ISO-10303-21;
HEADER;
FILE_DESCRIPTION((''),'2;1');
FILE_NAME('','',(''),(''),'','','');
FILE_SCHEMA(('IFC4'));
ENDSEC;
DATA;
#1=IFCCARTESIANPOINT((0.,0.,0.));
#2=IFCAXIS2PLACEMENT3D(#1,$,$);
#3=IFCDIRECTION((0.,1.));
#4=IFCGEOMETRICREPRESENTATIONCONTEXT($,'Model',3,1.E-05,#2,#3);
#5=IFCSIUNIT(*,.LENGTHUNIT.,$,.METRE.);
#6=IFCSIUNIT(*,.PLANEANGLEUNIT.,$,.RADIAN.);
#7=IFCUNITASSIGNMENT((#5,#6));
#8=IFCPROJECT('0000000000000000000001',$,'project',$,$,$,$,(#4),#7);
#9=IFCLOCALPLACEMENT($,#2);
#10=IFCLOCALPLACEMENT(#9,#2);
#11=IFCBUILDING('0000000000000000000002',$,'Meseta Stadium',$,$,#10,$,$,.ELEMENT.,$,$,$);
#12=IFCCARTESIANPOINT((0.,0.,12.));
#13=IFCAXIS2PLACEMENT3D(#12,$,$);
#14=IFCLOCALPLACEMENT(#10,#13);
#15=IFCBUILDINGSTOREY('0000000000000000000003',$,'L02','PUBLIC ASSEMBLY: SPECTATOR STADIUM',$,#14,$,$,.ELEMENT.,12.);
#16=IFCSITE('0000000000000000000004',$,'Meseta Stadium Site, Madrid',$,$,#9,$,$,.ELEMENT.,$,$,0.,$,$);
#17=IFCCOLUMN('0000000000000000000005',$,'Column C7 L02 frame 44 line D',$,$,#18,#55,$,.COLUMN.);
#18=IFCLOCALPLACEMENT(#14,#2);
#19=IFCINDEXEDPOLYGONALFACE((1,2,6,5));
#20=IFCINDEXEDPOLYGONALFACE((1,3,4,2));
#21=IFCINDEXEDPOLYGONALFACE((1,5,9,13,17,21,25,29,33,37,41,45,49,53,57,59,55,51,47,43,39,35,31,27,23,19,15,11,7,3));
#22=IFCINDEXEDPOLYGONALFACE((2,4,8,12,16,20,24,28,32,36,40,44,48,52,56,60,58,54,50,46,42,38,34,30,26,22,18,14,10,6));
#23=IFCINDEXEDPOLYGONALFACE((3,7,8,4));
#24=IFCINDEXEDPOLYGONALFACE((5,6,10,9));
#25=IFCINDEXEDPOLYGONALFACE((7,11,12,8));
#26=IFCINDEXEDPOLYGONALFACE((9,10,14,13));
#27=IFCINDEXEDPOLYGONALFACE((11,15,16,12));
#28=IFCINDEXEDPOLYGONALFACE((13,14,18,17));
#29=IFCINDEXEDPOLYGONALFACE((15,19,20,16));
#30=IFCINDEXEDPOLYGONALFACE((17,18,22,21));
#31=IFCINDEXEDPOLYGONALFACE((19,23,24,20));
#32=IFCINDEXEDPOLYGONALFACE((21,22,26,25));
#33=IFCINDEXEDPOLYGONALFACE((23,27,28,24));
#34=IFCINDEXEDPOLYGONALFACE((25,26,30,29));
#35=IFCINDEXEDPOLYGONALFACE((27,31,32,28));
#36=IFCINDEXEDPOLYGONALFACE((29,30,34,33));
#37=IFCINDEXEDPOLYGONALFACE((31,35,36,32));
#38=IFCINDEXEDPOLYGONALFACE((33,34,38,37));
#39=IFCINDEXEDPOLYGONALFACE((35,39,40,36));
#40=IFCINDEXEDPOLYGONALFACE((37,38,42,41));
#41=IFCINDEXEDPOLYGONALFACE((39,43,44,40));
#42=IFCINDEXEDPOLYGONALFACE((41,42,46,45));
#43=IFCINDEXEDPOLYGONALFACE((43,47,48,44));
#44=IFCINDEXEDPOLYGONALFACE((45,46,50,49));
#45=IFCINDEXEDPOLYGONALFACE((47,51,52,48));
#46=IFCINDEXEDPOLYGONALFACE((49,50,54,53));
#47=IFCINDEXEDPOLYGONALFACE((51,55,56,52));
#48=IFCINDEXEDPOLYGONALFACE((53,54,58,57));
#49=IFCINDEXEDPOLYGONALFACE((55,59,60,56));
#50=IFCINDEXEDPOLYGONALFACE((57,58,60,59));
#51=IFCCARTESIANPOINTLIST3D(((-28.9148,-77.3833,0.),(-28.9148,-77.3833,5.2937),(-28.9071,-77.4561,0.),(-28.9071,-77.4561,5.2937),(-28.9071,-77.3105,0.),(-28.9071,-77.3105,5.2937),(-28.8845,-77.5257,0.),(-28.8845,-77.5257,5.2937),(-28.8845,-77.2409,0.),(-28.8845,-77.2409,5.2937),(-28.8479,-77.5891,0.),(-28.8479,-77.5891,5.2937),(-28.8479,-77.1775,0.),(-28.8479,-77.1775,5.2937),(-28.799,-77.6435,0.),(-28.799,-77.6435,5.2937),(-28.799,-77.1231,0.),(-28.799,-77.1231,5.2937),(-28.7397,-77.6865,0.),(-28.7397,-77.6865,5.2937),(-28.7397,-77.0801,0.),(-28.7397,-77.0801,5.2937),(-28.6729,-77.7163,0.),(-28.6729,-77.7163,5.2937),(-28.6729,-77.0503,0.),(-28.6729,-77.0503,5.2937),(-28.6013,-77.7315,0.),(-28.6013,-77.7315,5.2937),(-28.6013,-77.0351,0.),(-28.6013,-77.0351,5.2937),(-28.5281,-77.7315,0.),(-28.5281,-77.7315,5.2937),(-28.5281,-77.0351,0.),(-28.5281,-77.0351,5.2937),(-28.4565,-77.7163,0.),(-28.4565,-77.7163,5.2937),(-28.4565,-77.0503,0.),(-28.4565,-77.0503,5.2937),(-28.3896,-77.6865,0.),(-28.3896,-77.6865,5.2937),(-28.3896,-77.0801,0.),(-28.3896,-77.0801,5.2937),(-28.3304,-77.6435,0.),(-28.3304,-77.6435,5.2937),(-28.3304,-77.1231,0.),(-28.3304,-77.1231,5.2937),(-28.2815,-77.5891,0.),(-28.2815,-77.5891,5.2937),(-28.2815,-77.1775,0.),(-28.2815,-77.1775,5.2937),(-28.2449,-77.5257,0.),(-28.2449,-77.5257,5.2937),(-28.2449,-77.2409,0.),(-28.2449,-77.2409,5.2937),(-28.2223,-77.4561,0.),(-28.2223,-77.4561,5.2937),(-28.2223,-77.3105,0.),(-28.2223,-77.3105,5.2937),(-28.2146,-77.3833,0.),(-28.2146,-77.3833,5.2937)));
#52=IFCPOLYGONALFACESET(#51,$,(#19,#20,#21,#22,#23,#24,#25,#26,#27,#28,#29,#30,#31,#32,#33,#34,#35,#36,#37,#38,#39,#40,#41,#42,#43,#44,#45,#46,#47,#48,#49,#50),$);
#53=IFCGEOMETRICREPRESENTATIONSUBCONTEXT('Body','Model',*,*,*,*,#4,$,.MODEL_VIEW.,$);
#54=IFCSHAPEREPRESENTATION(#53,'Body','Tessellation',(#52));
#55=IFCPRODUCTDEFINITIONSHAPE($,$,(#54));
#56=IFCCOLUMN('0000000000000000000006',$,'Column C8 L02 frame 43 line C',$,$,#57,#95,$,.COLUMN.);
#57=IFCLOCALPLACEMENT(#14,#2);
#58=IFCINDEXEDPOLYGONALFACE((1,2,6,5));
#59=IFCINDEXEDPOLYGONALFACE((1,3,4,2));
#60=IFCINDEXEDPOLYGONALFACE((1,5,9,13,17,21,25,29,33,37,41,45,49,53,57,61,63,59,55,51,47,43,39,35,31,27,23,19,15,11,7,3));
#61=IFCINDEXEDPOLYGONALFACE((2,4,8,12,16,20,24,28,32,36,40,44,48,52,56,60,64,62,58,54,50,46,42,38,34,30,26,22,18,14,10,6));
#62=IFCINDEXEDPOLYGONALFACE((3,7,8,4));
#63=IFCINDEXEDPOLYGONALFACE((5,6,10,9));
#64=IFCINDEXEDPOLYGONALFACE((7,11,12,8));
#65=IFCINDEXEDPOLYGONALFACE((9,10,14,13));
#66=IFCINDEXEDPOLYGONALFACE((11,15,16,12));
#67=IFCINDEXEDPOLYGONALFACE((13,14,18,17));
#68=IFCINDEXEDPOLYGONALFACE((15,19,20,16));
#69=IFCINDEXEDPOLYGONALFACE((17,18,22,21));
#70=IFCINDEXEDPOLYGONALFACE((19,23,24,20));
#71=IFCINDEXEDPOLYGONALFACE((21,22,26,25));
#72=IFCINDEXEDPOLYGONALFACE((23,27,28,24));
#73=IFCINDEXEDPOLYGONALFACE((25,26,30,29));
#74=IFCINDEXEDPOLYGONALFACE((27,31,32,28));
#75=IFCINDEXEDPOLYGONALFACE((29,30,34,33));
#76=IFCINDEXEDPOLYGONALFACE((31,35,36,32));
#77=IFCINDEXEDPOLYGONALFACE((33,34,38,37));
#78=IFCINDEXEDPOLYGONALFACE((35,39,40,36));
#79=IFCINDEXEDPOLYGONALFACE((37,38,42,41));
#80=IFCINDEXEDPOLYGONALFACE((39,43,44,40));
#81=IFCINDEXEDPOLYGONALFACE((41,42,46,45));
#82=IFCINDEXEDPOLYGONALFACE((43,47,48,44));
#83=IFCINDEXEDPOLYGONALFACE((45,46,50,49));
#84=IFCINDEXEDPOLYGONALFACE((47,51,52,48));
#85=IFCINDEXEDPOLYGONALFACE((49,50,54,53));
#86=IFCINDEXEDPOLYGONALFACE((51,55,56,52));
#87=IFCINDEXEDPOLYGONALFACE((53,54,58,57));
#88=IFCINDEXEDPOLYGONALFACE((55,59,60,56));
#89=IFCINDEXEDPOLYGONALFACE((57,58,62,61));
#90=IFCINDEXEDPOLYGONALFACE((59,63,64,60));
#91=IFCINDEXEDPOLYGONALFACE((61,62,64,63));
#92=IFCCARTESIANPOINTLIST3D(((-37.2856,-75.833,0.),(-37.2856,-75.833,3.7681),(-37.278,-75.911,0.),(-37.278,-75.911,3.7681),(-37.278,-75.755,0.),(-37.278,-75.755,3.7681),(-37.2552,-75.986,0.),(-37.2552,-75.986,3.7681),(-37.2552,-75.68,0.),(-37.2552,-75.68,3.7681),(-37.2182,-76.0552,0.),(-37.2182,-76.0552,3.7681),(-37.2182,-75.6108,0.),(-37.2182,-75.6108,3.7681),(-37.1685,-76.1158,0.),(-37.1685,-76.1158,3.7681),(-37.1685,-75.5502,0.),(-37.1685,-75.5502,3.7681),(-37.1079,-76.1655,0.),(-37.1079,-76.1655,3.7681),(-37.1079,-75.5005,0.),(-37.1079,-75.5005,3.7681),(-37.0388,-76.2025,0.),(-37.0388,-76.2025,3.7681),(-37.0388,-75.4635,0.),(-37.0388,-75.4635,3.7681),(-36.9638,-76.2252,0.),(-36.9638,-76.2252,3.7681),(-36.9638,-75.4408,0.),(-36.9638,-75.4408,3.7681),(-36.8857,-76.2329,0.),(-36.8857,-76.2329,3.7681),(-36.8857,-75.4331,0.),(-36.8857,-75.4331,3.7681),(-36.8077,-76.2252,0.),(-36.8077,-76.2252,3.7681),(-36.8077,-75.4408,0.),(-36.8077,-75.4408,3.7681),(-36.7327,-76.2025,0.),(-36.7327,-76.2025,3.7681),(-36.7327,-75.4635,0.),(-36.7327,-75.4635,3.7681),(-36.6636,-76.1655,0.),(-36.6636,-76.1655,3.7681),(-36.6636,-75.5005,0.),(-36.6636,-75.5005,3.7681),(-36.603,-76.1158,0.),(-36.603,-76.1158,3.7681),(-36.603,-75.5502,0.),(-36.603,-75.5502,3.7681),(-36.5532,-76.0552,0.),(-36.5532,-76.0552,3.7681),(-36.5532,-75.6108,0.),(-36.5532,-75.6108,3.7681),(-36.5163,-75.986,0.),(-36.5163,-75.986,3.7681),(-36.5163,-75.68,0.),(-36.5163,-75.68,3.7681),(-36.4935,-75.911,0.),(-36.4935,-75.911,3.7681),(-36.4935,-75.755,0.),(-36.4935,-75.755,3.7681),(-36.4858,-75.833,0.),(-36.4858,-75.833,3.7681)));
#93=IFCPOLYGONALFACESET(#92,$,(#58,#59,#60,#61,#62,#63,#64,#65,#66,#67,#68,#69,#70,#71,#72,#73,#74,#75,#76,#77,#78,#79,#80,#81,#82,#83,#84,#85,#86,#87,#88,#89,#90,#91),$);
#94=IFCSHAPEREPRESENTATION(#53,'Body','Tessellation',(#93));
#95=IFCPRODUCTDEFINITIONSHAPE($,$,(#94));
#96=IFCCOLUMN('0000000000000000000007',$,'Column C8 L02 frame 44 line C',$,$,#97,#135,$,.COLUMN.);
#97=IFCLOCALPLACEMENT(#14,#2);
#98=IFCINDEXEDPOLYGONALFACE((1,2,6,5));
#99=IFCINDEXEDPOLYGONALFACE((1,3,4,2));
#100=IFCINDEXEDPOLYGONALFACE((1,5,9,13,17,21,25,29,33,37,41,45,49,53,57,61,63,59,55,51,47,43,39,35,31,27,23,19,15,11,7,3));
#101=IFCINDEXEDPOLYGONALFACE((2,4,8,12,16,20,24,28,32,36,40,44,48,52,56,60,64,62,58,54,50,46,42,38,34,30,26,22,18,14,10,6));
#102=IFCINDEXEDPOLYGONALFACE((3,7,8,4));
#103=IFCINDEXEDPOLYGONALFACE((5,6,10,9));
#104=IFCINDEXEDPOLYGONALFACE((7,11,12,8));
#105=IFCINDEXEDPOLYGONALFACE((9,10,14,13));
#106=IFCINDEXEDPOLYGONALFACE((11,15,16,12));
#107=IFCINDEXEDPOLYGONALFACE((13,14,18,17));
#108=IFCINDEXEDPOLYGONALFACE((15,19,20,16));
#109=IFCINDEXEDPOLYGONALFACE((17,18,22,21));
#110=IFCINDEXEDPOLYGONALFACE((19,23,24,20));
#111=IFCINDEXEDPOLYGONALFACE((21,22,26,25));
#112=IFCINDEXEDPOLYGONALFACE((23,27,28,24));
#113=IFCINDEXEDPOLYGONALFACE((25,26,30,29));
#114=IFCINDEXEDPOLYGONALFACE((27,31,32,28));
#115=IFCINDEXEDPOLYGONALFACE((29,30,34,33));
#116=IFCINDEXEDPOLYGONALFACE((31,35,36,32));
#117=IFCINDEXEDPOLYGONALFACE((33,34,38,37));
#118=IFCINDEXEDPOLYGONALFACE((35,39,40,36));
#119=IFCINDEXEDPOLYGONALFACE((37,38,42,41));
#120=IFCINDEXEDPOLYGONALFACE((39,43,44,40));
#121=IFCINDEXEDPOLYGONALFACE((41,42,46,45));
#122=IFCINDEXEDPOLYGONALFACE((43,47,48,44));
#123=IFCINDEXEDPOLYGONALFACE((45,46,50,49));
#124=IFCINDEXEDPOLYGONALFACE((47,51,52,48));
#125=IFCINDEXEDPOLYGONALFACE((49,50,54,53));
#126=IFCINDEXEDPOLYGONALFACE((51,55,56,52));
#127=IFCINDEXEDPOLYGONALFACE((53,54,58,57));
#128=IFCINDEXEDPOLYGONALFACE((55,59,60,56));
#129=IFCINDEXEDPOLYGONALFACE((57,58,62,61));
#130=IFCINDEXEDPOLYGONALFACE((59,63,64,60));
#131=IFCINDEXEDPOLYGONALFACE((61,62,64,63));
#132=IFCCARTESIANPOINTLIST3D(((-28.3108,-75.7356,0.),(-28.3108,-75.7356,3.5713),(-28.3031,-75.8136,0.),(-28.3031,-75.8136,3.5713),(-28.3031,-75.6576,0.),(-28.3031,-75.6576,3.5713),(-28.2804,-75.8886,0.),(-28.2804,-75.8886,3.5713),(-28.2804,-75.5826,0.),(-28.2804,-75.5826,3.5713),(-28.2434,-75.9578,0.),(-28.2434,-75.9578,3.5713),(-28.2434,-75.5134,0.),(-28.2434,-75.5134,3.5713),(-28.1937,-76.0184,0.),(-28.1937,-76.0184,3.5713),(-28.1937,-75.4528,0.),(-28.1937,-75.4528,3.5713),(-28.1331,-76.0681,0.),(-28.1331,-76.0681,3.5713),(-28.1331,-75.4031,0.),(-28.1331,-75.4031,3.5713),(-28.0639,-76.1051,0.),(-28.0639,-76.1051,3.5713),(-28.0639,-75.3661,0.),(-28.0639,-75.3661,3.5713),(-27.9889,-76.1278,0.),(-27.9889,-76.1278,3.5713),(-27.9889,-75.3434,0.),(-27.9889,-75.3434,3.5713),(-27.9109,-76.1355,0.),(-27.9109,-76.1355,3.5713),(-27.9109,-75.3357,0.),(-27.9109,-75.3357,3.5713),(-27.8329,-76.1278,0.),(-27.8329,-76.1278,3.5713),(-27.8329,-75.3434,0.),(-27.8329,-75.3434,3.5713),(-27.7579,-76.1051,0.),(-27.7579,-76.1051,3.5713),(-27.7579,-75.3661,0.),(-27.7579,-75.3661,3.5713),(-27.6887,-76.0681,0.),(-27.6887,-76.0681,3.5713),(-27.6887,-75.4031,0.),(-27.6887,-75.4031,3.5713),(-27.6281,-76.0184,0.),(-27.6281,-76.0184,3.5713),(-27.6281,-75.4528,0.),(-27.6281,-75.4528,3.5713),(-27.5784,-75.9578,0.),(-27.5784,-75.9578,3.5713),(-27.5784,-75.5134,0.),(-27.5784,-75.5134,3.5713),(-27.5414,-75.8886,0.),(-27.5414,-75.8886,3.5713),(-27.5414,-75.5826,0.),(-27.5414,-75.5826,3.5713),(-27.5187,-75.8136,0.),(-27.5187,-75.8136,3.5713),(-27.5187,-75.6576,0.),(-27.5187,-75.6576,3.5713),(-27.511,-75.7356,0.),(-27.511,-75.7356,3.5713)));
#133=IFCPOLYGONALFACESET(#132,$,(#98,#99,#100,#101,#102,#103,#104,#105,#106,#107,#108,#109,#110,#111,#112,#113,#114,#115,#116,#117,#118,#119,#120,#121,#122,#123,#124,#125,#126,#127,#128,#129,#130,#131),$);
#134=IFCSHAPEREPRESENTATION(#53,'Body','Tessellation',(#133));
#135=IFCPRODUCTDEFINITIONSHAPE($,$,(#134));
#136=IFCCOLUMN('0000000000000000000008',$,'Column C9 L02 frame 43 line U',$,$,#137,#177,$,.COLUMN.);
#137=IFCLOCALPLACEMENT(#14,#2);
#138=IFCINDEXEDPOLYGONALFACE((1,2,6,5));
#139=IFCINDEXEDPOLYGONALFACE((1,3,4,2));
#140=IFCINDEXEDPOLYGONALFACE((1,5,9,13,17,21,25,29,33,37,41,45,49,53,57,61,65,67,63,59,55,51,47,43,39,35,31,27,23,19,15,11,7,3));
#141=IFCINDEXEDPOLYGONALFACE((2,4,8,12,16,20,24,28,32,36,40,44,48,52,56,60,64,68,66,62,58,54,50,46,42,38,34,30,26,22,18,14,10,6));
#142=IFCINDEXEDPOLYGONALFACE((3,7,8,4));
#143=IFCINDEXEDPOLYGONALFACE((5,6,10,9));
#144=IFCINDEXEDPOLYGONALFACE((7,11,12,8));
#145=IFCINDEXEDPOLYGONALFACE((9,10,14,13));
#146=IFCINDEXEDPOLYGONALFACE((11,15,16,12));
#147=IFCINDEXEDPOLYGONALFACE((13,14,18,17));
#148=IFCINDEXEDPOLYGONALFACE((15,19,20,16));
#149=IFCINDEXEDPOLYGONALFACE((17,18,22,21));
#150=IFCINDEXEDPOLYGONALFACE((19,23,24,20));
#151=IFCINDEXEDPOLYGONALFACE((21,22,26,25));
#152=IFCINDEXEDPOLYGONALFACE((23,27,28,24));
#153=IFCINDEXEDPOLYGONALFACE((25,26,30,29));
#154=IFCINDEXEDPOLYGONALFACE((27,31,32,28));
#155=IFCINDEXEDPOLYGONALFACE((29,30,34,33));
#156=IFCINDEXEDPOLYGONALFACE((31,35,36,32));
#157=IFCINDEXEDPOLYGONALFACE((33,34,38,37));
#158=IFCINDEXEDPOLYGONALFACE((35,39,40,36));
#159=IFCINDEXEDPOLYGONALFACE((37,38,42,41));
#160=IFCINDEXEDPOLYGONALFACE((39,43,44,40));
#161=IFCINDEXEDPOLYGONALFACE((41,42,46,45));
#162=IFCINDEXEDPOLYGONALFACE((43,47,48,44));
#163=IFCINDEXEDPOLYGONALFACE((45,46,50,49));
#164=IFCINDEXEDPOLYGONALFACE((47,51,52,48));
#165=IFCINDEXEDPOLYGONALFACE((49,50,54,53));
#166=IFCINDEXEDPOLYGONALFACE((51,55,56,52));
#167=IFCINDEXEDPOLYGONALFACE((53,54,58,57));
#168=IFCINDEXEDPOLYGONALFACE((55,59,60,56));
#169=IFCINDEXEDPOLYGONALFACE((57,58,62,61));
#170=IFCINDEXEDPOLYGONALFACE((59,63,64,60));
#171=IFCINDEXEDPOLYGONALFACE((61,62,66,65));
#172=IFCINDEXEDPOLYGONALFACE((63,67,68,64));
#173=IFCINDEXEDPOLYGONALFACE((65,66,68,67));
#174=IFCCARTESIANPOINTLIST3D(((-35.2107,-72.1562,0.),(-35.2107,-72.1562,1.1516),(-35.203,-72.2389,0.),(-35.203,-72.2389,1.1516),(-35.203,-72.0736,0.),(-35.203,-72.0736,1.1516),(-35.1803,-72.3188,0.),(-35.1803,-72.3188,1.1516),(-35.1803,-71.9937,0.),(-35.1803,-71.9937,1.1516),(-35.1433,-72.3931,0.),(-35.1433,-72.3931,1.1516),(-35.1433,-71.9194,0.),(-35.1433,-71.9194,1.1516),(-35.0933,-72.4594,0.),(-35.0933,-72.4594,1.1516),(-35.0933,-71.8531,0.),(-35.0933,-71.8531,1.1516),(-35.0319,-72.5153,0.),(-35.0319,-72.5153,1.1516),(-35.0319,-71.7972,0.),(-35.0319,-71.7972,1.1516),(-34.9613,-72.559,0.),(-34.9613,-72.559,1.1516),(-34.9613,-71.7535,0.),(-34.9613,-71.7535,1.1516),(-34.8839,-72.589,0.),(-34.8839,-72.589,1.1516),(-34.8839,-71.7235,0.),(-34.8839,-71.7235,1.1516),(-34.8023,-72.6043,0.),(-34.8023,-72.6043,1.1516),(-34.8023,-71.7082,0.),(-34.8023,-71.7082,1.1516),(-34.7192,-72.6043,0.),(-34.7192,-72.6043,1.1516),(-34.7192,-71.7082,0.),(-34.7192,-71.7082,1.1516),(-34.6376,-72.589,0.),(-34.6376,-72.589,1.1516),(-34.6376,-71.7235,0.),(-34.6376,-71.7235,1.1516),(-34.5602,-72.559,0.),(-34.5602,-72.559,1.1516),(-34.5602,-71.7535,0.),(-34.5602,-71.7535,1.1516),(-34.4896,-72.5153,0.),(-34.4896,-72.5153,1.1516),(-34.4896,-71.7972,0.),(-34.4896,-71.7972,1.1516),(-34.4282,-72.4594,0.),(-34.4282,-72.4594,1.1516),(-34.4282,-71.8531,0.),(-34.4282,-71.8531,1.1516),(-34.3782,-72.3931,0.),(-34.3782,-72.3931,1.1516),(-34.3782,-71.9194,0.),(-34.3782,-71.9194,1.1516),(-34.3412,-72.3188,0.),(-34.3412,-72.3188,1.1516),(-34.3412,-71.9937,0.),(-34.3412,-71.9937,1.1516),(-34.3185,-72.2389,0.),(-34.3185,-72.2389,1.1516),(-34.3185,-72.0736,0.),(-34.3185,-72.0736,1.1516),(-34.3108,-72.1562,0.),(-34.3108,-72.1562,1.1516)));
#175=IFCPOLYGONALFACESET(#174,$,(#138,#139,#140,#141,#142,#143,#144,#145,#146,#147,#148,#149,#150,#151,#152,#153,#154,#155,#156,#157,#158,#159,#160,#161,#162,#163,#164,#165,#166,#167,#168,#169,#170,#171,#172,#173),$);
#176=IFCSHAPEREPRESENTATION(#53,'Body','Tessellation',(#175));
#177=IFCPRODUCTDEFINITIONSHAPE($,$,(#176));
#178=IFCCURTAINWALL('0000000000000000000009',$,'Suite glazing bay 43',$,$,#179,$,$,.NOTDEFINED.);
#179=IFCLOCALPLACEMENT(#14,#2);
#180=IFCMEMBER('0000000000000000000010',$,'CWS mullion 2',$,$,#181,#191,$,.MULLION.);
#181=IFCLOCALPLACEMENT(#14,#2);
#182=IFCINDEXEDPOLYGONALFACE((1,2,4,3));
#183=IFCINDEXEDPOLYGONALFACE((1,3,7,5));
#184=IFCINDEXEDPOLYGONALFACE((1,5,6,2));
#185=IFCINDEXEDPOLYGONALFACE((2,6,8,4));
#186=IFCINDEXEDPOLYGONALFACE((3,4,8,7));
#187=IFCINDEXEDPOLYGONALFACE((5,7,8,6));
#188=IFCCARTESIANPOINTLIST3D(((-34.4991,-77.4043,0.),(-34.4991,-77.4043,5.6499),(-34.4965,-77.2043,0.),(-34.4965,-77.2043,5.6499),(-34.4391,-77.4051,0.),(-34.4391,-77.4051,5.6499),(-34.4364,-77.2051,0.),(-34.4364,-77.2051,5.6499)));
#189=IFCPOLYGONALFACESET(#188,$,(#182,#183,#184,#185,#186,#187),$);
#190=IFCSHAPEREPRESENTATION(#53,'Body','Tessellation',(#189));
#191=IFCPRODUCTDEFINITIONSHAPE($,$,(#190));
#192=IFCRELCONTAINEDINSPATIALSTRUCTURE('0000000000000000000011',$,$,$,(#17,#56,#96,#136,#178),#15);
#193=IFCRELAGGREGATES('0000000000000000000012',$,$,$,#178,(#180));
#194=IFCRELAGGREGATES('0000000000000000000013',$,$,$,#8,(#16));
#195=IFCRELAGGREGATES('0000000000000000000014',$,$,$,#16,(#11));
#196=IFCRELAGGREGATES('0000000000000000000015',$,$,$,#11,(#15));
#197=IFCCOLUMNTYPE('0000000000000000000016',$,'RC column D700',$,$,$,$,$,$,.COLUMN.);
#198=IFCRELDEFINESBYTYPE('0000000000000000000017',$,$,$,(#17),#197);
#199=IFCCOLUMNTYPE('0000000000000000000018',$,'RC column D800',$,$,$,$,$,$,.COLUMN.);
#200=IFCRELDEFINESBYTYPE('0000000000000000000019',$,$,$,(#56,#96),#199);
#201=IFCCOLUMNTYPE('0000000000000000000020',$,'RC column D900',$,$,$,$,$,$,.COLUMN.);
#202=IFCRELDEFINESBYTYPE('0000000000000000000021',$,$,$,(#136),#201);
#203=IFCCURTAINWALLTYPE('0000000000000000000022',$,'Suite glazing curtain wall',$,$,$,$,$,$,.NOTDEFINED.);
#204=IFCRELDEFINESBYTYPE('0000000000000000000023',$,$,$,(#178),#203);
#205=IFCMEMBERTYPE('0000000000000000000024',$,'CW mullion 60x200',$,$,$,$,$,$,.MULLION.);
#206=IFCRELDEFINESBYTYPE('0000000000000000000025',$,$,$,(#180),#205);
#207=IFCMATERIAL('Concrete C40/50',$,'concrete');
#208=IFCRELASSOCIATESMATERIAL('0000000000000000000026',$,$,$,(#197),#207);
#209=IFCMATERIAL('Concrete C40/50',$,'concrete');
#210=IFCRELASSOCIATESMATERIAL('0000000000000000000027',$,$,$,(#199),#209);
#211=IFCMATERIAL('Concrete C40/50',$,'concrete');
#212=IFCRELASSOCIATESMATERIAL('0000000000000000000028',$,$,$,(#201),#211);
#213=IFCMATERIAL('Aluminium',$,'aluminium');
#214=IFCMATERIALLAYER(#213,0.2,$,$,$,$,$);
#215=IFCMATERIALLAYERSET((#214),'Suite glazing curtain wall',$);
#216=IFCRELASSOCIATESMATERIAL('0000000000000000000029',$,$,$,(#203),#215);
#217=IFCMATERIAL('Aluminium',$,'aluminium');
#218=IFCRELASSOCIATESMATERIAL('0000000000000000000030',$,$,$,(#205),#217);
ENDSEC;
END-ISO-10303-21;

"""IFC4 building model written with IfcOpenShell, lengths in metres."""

from ifc_helpers import new_model, si_unit, direction, frame, origin, origin_2d, place, context, subcontext, project, spatial, rectangle, circle, extrude, material, layer, layer_set, material_profile, profile_set, type_object, element, aggregate, save


model = new_model("IFC4")

# Units and contexts
model_context = context("Model", 3, precision=1e-05, world=origin(), true_north=direction((0.0, 1.0)))
body_context = subcontext(model_context, "Body", "Model", "MODEL_VIEW")
ifc_project = project(units=[si_unit("LENGTHUNIT", "METRE"), si_unit("PLANEANGLEUNIT", "RADIAN")], contexts=[model_context])

# Site, building, storey
site_placement = place(None, origin())
site = spatial("IfcSite", under=ifc_project, at=site_placement, Name="Meseta Stadium Site, Madrid", CompositionType="ELEMENT", RefElevation=0.0)
building_placement = place(site_placement, origin())
building = spatial("IfcBuilding", under=site, at=building_placement, Name="Meseta Stadium", CompositionType="ELEMENT")
storey_placement = place(building_placement, frame((0.0, 0.0, 12.0)))
storey = spatial("IfcBuildingStorey", under=building, at=storey_placement, Name="L02", Description="PUBLIC ASSEMBLY: SPECTATOR STADIUM", CompositionType="ELEMENT", Elevation=12.0)

# Columns
ifc_material_1 = material(Name="Concrete C40/50", Category="concrete")
ifc_material_profile_1 = material_profile(ifc_material_1, circle(Radius=0.3501, at=origin_2d()), Name="RC D700")
ifc_profile_set_1 = profile_set([ifc_material_profile_1], Name="Concrete C40/50")
column_type_1 = type_object("IfcColumnType", Name="RC column D700", PredefinedType="COLUMN", material=ifc_profile_set_1)
column_1_placement = place(storey_placement, frame((-28.5647, -77.3833, 0.0), z_axis=(0.0, 0.0, 1.0), x_axis=(1.0, 0.0, 0.0)))
element("IfcColumn", 1, at=column_1_placement, inside=storey, type_object=column_type_1, Name="Column C7 L02 frame 44 line D", PredefinedType="COLUMN", context=body_context, shape_type="SweptSolid", body=[
    extrude(circle(Radius=0.3501, at=origin_2d()), origin(), (0.0, 0.0, 1.0), 5.2937),
])
ifc_material_2 = material(Name="Concrete C40/50", Category="concrete")
ifc_material_profile_2 = material_profile(ifc_material_2, circle(Radius=0.3999, at=origin_2d()), Name="RC D800")
ifc_profile_set_2 = profile_set([ifc_material_profile_2], Name="Concrete C40/50")
column_type_2 = type_object("IfcColumnType", Name="RC column D800", PredefinedType="COLUMN", material=ifc_profile_set_2)
column_2_placement = place(storey_placement, frame((-36.8857, -75.833, 0.0), z_axis=(0.0, 0.0, 1.0), x_axis=(1.0, 0.0, 0.0)))
element("IfcColumn", 2, at=column_2_placement, inside=storey, type_object=column_type_2, Name="Column C8 L02 frame 43 line C", PredefinedType="COLUMN", context=body_context, shape_type="SweptSolid", body=[
    extrude(circle(Radius=0.3999, at=origin_2d()), origin(), (0.0, 0.0, 1.0), 3.7681),
])
column_3_placement = place(storey_placement, frame((-27.9109, -75.7356, 0.0), z_axis=(0.0, 0.0, 1.0), x_axis=(1.0, 0.0, 0.0)))
element("IfcColumn", 3, at=column_3_placement, inside=storey, type_object=column_type_2, Name="Column C8 L02 frame 44 line C", PredefinedType="COLUMN", context=body_context, shape_type="SweptSolid", body=[
    extrude(circle(Radius=0.3999, at=origin_2d()), origin(), (0.0, 0.0, 1.0), 3.5713),
])
ifc_material_3 = material(Name="Concrete C40/50", Category="concrete")
ifc_material_profile_3 = material_profile(ifc_material_3, circle(Radius=0.45, at=origin_2d()), Name="RC D900")
ifc_profile_set_3 = profile_set([ifc_material_profile_3], Name="Concrete C40/50")
column_type_3 = type_object("IfcColumnType", Name="RC column D900", PredefinedType="COLUMN", material=ifc_profile_set_3)
column_4_placement = place(storey_placement, frame((-34.7607, -72.1562, 0.0), z_axis=(0.0, 0.0, 1.0), x_axis=(1.0, 0.0, 0.0)))
element("IfcColumn", 4, at=column_4_placement, inside=storey, type_object=column_type_3, Name="Column C9 L02 frame 43 line U", PredefinedType="COLUMN", context=body_context, shape_type="SweptSolid", body=[
    extrude(circle(Radius=0.45, at=origin_2d()), origin(), (0.0, 0.0, 1.0), 1.1516),
])

# Curtain wall, member
ifc_material_4 = material(Name="Aluminium", Category="aluminium")
ifc_layer_1 = layer(ifc_material_4, 0.2)
ifc_layer_set_1 = layer_set([ifc_layer_1], Name="Suite glazing curtain wall")
curtain_wall_type = type_object("IfcCurtainWallType", Name="Suite glazing curtain wall", PredefinedType="NOTDEFINED", material=ifc_layer_set_1)
curtain_wall_1_placement = place(storey_placement, origin())
curtain_wall_1 = element("IfcCurtainWall", 5, at=curtain_wall_1_placement, inside=storey, type_object=curtain_wall_type, Name="Suite glazing bay 43", PredefinedType="NOTDEFINED")
ifc_material_5 = material(Name="Aluminium", Category="aluminium")
ifc_material_profile_4 = material_profile(ifc_material_5, rectangle(XDim=0.2, YDim=0.0601, at=origin_2d()), Name="CW 200x60")
ifc_profile_set_4 = profile_set([ifc_material_profile_4], Name="Aluminium")
member_type_1 = type_object("IfcMemberType", Name="CW mullion 60x200", PredefinedType="MULLION", material=ifc_profile_set_4)
member_1_placement = place(storey_placement, frame((-34.4678, -77.3047, 0.0), z_axis=(0.0, 0.0, 1.0), x_axis=(0.013281, 0.999912, 0.0)))
member_1 = element("IfcMember", 6, at=member_1_placement, type_object=member_type_1, Name="CWS mullion 2", PredefinedType="MULLION", context=body_context, shape_type="SweptSolid", body=[
    extrude(rectangle(XDim=0.2, YDim=0.0601, at=origin_2d()), origin(), (0.0, 0.0, 1.0), 5.6499),
])

aggregate(curtain_wall_1, [member_1])

save(model, "model.ifc")
